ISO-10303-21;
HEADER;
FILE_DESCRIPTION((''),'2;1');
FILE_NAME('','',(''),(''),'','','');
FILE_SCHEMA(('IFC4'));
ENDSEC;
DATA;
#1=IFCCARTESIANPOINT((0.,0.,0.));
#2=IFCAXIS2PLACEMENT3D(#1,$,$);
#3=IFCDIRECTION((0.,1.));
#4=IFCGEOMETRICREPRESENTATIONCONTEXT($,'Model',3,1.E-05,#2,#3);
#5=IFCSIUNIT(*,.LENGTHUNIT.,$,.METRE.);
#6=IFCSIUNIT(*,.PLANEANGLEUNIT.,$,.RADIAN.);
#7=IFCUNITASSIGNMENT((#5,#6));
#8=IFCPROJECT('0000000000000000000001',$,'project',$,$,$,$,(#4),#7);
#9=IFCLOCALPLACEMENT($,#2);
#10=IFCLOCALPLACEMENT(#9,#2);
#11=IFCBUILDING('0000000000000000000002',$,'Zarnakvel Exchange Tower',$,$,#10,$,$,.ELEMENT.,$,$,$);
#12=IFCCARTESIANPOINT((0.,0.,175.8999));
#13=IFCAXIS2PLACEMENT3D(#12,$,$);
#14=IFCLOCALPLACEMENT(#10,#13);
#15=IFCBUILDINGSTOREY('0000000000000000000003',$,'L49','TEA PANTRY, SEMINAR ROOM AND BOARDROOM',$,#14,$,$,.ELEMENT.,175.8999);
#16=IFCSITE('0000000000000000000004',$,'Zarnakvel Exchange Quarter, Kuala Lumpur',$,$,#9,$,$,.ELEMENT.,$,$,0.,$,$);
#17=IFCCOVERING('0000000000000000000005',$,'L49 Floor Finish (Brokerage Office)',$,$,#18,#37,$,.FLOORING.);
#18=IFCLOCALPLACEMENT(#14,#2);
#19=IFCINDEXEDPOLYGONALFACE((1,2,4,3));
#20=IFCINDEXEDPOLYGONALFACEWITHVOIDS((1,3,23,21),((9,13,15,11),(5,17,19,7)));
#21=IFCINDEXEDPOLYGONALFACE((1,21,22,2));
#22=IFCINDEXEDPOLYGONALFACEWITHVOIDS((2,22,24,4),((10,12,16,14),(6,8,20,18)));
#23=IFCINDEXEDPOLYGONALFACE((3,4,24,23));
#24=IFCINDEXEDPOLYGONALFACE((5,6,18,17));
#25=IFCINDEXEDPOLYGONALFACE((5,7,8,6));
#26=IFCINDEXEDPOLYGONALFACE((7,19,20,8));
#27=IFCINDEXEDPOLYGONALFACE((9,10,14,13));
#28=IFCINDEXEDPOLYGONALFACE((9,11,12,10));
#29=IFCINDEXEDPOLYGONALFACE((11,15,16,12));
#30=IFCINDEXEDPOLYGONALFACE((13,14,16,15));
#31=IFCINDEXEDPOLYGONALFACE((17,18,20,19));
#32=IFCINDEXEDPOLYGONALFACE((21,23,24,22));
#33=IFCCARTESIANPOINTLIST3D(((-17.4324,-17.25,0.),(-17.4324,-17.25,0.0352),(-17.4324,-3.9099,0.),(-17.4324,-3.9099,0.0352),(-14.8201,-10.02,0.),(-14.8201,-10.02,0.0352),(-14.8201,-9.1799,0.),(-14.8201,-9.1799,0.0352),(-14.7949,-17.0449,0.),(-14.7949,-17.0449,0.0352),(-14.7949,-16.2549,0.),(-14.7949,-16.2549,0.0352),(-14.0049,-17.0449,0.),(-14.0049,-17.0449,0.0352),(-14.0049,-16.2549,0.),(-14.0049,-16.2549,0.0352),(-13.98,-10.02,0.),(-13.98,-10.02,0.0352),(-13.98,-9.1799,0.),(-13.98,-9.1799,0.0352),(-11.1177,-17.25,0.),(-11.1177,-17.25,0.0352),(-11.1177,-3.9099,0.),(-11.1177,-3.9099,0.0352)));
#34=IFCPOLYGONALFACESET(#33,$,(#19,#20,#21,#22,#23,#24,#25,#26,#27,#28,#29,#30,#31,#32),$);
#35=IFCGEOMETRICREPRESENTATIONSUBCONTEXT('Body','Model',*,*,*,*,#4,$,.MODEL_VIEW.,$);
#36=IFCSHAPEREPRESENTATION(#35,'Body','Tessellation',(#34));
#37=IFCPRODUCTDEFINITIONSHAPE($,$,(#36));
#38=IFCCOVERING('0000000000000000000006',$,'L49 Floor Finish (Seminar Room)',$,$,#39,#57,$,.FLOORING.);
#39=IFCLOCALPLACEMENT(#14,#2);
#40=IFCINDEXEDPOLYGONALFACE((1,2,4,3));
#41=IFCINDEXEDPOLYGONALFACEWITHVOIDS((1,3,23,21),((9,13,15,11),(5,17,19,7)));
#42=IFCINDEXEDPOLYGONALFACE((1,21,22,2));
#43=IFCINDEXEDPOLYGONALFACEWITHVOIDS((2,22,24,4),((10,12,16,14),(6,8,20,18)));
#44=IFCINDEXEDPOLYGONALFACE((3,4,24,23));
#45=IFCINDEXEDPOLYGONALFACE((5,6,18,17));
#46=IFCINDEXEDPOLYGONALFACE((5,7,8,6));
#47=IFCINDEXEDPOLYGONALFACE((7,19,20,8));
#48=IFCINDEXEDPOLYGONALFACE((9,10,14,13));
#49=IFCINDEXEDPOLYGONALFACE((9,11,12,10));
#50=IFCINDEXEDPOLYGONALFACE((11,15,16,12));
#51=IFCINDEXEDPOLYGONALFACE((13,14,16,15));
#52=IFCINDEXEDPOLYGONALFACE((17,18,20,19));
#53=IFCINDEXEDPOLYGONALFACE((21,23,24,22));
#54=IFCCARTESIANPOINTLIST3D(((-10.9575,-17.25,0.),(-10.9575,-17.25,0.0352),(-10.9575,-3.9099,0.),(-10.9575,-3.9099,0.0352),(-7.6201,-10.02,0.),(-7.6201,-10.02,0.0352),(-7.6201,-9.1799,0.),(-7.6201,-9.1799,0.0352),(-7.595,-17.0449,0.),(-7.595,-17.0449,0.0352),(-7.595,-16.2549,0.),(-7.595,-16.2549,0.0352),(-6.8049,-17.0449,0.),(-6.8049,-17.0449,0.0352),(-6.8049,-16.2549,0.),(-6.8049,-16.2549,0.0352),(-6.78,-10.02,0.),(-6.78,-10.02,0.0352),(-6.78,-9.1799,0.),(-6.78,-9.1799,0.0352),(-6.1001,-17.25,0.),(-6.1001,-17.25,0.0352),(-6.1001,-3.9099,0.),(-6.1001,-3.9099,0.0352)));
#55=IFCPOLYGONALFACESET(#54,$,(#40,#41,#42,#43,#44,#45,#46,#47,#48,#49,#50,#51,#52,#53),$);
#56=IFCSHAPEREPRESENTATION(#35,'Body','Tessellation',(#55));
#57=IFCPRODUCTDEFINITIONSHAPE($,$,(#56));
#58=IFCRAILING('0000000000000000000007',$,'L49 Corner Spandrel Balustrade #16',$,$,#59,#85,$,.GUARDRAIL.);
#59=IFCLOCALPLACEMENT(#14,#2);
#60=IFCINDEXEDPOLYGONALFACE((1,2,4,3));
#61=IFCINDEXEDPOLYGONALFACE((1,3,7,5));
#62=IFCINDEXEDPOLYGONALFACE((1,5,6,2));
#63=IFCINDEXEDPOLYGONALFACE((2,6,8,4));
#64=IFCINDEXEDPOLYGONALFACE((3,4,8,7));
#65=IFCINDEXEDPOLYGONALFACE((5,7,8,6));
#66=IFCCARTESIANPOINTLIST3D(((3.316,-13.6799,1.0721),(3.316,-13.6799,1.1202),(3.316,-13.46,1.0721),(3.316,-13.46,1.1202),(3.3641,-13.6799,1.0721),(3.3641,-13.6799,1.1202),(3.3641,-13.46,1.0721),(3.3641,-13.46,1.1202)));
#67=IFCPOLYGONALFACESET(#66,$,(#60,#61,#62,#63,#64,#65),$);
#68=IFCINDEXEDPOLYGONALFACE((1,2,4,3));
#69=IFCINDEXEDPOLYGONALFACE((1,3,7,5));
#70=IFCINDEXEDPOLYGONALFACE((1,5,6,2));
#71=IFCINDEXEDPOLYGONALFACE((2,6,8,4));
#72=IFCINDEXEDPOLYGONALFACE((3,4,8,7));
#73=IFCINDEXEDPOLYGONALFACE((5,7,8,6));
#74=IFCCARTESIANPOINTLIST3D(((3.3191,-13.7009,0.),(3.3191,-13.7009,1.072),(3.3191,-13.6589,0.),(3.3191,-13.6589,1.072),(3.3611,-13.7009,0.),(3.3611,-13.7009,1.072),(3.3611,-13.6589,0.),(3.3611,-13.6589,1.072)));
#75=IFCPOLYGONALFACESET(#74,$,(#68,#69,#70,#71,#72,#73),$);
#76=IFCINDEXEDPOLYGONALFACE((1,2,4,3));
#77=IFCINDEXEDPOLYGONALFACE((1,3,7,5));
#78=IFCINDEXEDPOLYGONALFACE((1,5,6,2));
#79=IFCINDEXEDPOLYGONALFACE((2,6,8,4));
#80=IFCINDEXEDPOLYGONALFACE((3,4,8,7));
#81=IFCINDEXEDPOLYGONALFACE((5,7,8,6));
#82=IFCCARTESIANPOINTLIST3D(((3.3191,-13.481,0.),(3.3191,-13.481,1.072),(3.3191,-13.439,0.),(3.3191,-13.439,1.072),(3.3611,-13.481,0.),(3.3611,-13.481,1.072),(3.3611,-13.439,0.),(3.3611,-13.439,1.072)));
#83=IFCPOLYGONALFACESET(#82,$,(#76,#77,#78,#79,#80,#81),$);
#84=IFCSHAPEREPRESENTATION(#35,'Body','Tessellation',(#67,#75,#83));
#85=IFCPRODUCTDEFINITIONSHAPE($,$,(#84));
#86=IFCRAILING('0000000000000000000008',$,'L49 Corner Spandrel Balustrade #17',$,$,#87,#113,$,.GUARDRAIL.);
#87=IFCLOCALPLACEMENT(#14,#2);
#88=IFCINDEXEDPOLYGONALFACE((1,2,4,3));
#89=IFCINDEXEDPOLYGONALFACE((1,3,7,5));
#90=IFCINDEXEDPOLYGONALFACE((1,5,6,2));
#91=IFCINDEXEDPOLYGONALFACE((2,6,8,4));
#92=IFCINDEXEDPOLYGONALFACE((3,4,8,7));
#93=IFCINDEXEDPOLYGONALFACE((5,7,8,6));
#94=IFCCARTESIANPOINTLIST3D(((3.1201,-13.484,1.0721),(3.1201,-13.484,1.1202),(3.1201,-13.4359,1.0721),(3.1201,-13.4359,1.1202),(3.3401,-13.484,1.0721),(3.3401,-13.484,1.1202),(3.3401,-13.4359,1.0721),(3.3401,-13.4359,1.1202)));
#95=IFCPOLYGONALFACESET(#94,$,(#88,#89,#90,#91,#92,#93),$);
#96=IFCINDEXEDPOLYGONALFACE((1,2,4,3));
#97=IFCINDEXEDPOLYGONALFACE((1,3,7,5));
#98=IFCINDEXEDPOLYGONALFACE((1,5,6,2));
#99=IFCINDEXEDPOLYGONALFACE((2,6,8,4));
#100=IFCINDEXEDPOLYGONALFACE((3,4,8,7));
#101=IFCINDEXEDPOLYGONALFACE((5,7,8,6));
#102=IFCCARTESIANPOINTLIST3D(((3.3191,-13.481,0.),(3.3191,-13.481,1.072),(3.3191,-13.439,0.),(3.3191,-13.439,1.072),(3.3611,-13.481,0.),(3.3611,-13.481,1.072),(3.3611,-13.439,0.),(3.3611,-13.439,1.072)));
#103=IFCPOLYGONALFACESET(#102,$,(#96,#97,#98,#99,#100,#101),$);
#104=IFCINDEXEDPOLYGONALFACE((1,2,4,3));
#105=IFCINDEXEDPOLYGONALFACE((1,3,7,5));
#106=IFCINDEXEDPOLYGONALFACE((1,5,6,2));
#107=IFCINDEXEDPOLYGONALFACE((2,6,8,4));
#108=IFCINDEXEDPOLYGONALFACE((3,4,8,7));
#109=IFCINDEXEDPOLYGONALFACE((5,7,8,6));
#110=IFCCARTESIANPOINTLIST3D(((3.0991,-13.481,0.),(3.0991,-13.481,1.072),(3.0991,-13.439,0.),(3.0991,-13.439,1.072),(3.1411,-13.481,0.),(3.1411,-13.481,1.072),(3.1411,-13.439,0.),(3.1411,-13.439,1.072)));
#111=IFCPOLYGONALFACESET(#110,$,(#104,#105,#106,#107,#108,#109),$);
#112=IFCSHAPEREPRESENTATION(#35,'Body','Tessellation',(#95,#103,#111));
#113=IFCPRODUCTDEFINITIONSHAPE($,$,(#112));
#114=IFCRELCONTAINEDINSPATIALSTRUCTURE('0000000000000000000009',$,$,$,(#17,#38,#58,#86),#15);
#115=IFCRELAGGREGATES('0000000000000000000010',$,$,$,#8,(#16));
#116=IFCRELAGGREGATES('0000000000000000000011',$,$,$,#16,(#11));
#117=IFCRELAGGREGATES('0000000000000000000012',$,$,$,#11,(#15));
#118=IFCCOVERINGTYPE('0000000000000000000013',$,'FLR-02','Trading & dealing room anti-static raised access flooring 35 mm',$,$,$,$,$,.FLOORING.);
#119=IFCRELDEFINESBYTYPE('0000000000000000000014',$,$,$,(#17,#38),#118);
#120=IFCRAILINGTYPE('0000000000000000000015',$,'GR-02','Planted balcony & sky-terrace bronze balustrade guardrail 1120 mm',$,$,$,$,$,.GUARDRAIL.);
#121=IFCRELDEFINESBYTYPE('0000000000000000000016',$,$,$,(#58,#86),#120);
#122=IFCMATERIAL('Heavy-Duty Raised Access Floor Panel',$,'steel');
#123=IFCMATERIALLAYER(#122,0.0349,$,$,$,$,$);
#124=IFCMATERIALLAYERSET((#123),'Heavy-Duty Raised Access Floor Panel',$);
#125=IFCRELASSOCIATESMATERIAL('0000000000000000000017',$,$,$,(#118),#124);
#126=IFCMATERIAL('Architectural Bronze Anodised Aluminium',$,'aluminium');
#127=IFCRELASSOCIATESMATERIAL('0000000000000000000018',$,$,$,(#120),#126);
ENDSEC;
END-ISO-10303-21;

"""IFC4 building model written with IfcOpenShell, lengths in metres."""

from ifc_helpers import new_model, si_unit, direction, frame, origin, origin_2d, place, context, subcontext, project, spatial, polyline, rectangle, outline, extrude, material, layer, layer_set, type_object, element, save


model = new_model("IFC4")

# Units and contexts
model_context = context("Model", 3, precision=1e-05, world=origin(), true_north=direction((0.0, 1.0)))
body_context = subcontext(model_context, "Body", "Model", "MODEL_VIEW")
ifc_project = project(units=[si_unit("LENGTHUNIT", "METRE"), si_unit("PLANEANGLEUNIT", "RADIAN")], contexts=[model_context])

# Site, building, storey
site_placement = place(None, origin())
site = spatial("IfcSite", under=ifc_project, at=site_placement, Name="Zarnakvel Exchange Quarter, Kuala Lumpur", CompositionType="ELEMENT", RefElevation=0.0)
building_placement = place(site_placement, origin())
building = spatial("IfcBuilding", under=site, at=building_placement, Name="Zarnakvel Exchange Tower", CompositionType="ELEMENT")
storey_placement = place(building_placement, frame((0.0, 0.0, 175.8999)))
storey = spatial("IfcBuildingStorey", under=building, at=storey_placement, Name="L49", Description="TEA PANTRY, SEMINAR ROOM AND BOARDROOM", CompositionType="ELEMENT", Elevation=175.8999)

# Shared definitions
ifc_material_1 = material(Name="Architectural Bronze Anodised Aluminium", Category="aluminium")

# Coverings
ifc_material_2 = material(Name="Heavy-Duty Raised Access Floor Panel", Category="steel")
ifc_layer_1 = layer(ifc_material_2, 0.0349)
ifc_layer_set_1 = layer_set([ifc_layer_1], Name="Heavy-Duty Raised Access Floor Panel")
covering_type_1 = type_object("IfcCoveringType", Name="FLR-02", Description="Trading & dealing room anti-static raised access flooring 35 mm", PredefinedType="FLOORING", material=ifc_layer_set_1)
covering_1_placement = place(storey_placement, origin())
element("IfcCovering", 1, at=covering_1_placement, inside=storey, type_object=covering_type_1, Name="L49 Floor Finish (Brokerage Office)", PredefinedType="FLOORING", context=body_context, shape_type="SweptSolid", body=[
    extrude(outline(polyline([(-17.4324, -3.9099), (-11.1177, -3.9099), (-11.1177, -17.25), (-17.4324, -17.25), (-17.4324, -3.9099)]), holes=[polyline([(-13.98, -10.02), (-13.98, -9.1799), (-14.8201, -9.1799), (-14.8201, -10.02), (-13.98, -10.02)]), polyline([(-14.0049, -16.2549), (-14.7949, -16.2549), (-14.7949, -17.0449), (-14.0049, -17.0449), (-14.0049, -16.2549)])]), origin(), (0.0, 0.0, 1.0), 0.0352),
])
covering_2_placement = place(storey_placement, origin())
element("IfcCovering", 2, at=covering_2_placement, inside=storey, type_object=covering_type_1, Name="L49 Floor Finish (Seminar Room)", PredefinedType="FLOORING", context=body_context, shape_type="SweptSolid", body=[
    extrude(outline(polyline([(-10.9575, -3.9099), (-6.1001, -3.9099), (-6.1001, -17.25), (-10.9575, -17.25), (-10.9575, -3.9099)]), holes=[polyline([(-6.78, -10.02), (-6.78, -9.1799), (-7.6201, -9.1799), (-7.6201, -10.02), (-6.78, -10.02)]), polyline([(-6.8049, -17.0449), (-6.8049, -16.2549), (-7.595, -16.2549), (-7.595, -17.0449), (-6.8049, -17.0449)])]), origin(), (0.0, 0.0, 1.0), 0.0352),
])

# Railings
railing_type = type_object("IfcRailingType", Name="GR-02", Description="Planted balcony & sky-terrace bronze balustrade guardrail 1120 mm", PredefinedType="GUARDRAIL", material=ifc_material_1)
railing_1_placement = place(storey_placement, frame((3.3401, -13.6799, 0.0)))
element("IfcRailing", 3, at=railing_1_placement, inside=storey, type_object=railing_type, Name="L49 Corner Spandrel Balustrade #16", PredefinedType="GUARDRAIL", context=body_context, shape_type="SweptSolid", body=[
    extrude(rectangle(XDim=0.0481, YDim=0.0481, at=origin_2d()), frame((0.0, 0.0, 1.0962), z_axis=(0.0, 1.0, 0.0), x_axis=(-1.0, 0.0, 0.0)), (0.0, 0.0, 1.0), 0.22),
    extrude(rectangle(XDim=0.042, YDim=0.042, at=origin_2d()), origin(), (0.0, 0.0, 1.0), 1.072),
    extrude(rectangle(XDim=0.042, YDim=0.042, at=origin_2d()), frame((0.0, 0.22, 0.0)), (0.0, 0.0, 1.0), 1.072),
])
railing_2_placement = place(storey_placement, frame((3.3401, -13.46, 0.0)))
element("IfcRailing", 4, at=railing_2_placement, inside=storey, type_object=railing_type, Name="L49 Corner Spandrel Balustrade #17", PredefinedType="GUARDRAIL", context=body_context, shape_type="SweptSolid", body=[
    extrude(rectangle(XDim=0.0481, YDim=0.0481, at=origin_2d()), frame((0.0, 0.0, 1.0962), z_axis=(-1.0, 0.0, 0.0), x_axis=(0.0, -1.0, 0.0)), (0.0, 0.0, 1.0), 0.22),
    extrude(rectangle(XDim=0.042, YDim=0.042, at=origin_2d()), origin(), (0.0, 0.0, 1.0), 1.072),
    extrude(rectangle(XDim=0.042, YDim=0.042, at=origin_2d()), frame((-0.22, 0.0, 0.0)), (0.0, 0.0, 1.0), 1.072),
])

save(model, "model.ifc")
